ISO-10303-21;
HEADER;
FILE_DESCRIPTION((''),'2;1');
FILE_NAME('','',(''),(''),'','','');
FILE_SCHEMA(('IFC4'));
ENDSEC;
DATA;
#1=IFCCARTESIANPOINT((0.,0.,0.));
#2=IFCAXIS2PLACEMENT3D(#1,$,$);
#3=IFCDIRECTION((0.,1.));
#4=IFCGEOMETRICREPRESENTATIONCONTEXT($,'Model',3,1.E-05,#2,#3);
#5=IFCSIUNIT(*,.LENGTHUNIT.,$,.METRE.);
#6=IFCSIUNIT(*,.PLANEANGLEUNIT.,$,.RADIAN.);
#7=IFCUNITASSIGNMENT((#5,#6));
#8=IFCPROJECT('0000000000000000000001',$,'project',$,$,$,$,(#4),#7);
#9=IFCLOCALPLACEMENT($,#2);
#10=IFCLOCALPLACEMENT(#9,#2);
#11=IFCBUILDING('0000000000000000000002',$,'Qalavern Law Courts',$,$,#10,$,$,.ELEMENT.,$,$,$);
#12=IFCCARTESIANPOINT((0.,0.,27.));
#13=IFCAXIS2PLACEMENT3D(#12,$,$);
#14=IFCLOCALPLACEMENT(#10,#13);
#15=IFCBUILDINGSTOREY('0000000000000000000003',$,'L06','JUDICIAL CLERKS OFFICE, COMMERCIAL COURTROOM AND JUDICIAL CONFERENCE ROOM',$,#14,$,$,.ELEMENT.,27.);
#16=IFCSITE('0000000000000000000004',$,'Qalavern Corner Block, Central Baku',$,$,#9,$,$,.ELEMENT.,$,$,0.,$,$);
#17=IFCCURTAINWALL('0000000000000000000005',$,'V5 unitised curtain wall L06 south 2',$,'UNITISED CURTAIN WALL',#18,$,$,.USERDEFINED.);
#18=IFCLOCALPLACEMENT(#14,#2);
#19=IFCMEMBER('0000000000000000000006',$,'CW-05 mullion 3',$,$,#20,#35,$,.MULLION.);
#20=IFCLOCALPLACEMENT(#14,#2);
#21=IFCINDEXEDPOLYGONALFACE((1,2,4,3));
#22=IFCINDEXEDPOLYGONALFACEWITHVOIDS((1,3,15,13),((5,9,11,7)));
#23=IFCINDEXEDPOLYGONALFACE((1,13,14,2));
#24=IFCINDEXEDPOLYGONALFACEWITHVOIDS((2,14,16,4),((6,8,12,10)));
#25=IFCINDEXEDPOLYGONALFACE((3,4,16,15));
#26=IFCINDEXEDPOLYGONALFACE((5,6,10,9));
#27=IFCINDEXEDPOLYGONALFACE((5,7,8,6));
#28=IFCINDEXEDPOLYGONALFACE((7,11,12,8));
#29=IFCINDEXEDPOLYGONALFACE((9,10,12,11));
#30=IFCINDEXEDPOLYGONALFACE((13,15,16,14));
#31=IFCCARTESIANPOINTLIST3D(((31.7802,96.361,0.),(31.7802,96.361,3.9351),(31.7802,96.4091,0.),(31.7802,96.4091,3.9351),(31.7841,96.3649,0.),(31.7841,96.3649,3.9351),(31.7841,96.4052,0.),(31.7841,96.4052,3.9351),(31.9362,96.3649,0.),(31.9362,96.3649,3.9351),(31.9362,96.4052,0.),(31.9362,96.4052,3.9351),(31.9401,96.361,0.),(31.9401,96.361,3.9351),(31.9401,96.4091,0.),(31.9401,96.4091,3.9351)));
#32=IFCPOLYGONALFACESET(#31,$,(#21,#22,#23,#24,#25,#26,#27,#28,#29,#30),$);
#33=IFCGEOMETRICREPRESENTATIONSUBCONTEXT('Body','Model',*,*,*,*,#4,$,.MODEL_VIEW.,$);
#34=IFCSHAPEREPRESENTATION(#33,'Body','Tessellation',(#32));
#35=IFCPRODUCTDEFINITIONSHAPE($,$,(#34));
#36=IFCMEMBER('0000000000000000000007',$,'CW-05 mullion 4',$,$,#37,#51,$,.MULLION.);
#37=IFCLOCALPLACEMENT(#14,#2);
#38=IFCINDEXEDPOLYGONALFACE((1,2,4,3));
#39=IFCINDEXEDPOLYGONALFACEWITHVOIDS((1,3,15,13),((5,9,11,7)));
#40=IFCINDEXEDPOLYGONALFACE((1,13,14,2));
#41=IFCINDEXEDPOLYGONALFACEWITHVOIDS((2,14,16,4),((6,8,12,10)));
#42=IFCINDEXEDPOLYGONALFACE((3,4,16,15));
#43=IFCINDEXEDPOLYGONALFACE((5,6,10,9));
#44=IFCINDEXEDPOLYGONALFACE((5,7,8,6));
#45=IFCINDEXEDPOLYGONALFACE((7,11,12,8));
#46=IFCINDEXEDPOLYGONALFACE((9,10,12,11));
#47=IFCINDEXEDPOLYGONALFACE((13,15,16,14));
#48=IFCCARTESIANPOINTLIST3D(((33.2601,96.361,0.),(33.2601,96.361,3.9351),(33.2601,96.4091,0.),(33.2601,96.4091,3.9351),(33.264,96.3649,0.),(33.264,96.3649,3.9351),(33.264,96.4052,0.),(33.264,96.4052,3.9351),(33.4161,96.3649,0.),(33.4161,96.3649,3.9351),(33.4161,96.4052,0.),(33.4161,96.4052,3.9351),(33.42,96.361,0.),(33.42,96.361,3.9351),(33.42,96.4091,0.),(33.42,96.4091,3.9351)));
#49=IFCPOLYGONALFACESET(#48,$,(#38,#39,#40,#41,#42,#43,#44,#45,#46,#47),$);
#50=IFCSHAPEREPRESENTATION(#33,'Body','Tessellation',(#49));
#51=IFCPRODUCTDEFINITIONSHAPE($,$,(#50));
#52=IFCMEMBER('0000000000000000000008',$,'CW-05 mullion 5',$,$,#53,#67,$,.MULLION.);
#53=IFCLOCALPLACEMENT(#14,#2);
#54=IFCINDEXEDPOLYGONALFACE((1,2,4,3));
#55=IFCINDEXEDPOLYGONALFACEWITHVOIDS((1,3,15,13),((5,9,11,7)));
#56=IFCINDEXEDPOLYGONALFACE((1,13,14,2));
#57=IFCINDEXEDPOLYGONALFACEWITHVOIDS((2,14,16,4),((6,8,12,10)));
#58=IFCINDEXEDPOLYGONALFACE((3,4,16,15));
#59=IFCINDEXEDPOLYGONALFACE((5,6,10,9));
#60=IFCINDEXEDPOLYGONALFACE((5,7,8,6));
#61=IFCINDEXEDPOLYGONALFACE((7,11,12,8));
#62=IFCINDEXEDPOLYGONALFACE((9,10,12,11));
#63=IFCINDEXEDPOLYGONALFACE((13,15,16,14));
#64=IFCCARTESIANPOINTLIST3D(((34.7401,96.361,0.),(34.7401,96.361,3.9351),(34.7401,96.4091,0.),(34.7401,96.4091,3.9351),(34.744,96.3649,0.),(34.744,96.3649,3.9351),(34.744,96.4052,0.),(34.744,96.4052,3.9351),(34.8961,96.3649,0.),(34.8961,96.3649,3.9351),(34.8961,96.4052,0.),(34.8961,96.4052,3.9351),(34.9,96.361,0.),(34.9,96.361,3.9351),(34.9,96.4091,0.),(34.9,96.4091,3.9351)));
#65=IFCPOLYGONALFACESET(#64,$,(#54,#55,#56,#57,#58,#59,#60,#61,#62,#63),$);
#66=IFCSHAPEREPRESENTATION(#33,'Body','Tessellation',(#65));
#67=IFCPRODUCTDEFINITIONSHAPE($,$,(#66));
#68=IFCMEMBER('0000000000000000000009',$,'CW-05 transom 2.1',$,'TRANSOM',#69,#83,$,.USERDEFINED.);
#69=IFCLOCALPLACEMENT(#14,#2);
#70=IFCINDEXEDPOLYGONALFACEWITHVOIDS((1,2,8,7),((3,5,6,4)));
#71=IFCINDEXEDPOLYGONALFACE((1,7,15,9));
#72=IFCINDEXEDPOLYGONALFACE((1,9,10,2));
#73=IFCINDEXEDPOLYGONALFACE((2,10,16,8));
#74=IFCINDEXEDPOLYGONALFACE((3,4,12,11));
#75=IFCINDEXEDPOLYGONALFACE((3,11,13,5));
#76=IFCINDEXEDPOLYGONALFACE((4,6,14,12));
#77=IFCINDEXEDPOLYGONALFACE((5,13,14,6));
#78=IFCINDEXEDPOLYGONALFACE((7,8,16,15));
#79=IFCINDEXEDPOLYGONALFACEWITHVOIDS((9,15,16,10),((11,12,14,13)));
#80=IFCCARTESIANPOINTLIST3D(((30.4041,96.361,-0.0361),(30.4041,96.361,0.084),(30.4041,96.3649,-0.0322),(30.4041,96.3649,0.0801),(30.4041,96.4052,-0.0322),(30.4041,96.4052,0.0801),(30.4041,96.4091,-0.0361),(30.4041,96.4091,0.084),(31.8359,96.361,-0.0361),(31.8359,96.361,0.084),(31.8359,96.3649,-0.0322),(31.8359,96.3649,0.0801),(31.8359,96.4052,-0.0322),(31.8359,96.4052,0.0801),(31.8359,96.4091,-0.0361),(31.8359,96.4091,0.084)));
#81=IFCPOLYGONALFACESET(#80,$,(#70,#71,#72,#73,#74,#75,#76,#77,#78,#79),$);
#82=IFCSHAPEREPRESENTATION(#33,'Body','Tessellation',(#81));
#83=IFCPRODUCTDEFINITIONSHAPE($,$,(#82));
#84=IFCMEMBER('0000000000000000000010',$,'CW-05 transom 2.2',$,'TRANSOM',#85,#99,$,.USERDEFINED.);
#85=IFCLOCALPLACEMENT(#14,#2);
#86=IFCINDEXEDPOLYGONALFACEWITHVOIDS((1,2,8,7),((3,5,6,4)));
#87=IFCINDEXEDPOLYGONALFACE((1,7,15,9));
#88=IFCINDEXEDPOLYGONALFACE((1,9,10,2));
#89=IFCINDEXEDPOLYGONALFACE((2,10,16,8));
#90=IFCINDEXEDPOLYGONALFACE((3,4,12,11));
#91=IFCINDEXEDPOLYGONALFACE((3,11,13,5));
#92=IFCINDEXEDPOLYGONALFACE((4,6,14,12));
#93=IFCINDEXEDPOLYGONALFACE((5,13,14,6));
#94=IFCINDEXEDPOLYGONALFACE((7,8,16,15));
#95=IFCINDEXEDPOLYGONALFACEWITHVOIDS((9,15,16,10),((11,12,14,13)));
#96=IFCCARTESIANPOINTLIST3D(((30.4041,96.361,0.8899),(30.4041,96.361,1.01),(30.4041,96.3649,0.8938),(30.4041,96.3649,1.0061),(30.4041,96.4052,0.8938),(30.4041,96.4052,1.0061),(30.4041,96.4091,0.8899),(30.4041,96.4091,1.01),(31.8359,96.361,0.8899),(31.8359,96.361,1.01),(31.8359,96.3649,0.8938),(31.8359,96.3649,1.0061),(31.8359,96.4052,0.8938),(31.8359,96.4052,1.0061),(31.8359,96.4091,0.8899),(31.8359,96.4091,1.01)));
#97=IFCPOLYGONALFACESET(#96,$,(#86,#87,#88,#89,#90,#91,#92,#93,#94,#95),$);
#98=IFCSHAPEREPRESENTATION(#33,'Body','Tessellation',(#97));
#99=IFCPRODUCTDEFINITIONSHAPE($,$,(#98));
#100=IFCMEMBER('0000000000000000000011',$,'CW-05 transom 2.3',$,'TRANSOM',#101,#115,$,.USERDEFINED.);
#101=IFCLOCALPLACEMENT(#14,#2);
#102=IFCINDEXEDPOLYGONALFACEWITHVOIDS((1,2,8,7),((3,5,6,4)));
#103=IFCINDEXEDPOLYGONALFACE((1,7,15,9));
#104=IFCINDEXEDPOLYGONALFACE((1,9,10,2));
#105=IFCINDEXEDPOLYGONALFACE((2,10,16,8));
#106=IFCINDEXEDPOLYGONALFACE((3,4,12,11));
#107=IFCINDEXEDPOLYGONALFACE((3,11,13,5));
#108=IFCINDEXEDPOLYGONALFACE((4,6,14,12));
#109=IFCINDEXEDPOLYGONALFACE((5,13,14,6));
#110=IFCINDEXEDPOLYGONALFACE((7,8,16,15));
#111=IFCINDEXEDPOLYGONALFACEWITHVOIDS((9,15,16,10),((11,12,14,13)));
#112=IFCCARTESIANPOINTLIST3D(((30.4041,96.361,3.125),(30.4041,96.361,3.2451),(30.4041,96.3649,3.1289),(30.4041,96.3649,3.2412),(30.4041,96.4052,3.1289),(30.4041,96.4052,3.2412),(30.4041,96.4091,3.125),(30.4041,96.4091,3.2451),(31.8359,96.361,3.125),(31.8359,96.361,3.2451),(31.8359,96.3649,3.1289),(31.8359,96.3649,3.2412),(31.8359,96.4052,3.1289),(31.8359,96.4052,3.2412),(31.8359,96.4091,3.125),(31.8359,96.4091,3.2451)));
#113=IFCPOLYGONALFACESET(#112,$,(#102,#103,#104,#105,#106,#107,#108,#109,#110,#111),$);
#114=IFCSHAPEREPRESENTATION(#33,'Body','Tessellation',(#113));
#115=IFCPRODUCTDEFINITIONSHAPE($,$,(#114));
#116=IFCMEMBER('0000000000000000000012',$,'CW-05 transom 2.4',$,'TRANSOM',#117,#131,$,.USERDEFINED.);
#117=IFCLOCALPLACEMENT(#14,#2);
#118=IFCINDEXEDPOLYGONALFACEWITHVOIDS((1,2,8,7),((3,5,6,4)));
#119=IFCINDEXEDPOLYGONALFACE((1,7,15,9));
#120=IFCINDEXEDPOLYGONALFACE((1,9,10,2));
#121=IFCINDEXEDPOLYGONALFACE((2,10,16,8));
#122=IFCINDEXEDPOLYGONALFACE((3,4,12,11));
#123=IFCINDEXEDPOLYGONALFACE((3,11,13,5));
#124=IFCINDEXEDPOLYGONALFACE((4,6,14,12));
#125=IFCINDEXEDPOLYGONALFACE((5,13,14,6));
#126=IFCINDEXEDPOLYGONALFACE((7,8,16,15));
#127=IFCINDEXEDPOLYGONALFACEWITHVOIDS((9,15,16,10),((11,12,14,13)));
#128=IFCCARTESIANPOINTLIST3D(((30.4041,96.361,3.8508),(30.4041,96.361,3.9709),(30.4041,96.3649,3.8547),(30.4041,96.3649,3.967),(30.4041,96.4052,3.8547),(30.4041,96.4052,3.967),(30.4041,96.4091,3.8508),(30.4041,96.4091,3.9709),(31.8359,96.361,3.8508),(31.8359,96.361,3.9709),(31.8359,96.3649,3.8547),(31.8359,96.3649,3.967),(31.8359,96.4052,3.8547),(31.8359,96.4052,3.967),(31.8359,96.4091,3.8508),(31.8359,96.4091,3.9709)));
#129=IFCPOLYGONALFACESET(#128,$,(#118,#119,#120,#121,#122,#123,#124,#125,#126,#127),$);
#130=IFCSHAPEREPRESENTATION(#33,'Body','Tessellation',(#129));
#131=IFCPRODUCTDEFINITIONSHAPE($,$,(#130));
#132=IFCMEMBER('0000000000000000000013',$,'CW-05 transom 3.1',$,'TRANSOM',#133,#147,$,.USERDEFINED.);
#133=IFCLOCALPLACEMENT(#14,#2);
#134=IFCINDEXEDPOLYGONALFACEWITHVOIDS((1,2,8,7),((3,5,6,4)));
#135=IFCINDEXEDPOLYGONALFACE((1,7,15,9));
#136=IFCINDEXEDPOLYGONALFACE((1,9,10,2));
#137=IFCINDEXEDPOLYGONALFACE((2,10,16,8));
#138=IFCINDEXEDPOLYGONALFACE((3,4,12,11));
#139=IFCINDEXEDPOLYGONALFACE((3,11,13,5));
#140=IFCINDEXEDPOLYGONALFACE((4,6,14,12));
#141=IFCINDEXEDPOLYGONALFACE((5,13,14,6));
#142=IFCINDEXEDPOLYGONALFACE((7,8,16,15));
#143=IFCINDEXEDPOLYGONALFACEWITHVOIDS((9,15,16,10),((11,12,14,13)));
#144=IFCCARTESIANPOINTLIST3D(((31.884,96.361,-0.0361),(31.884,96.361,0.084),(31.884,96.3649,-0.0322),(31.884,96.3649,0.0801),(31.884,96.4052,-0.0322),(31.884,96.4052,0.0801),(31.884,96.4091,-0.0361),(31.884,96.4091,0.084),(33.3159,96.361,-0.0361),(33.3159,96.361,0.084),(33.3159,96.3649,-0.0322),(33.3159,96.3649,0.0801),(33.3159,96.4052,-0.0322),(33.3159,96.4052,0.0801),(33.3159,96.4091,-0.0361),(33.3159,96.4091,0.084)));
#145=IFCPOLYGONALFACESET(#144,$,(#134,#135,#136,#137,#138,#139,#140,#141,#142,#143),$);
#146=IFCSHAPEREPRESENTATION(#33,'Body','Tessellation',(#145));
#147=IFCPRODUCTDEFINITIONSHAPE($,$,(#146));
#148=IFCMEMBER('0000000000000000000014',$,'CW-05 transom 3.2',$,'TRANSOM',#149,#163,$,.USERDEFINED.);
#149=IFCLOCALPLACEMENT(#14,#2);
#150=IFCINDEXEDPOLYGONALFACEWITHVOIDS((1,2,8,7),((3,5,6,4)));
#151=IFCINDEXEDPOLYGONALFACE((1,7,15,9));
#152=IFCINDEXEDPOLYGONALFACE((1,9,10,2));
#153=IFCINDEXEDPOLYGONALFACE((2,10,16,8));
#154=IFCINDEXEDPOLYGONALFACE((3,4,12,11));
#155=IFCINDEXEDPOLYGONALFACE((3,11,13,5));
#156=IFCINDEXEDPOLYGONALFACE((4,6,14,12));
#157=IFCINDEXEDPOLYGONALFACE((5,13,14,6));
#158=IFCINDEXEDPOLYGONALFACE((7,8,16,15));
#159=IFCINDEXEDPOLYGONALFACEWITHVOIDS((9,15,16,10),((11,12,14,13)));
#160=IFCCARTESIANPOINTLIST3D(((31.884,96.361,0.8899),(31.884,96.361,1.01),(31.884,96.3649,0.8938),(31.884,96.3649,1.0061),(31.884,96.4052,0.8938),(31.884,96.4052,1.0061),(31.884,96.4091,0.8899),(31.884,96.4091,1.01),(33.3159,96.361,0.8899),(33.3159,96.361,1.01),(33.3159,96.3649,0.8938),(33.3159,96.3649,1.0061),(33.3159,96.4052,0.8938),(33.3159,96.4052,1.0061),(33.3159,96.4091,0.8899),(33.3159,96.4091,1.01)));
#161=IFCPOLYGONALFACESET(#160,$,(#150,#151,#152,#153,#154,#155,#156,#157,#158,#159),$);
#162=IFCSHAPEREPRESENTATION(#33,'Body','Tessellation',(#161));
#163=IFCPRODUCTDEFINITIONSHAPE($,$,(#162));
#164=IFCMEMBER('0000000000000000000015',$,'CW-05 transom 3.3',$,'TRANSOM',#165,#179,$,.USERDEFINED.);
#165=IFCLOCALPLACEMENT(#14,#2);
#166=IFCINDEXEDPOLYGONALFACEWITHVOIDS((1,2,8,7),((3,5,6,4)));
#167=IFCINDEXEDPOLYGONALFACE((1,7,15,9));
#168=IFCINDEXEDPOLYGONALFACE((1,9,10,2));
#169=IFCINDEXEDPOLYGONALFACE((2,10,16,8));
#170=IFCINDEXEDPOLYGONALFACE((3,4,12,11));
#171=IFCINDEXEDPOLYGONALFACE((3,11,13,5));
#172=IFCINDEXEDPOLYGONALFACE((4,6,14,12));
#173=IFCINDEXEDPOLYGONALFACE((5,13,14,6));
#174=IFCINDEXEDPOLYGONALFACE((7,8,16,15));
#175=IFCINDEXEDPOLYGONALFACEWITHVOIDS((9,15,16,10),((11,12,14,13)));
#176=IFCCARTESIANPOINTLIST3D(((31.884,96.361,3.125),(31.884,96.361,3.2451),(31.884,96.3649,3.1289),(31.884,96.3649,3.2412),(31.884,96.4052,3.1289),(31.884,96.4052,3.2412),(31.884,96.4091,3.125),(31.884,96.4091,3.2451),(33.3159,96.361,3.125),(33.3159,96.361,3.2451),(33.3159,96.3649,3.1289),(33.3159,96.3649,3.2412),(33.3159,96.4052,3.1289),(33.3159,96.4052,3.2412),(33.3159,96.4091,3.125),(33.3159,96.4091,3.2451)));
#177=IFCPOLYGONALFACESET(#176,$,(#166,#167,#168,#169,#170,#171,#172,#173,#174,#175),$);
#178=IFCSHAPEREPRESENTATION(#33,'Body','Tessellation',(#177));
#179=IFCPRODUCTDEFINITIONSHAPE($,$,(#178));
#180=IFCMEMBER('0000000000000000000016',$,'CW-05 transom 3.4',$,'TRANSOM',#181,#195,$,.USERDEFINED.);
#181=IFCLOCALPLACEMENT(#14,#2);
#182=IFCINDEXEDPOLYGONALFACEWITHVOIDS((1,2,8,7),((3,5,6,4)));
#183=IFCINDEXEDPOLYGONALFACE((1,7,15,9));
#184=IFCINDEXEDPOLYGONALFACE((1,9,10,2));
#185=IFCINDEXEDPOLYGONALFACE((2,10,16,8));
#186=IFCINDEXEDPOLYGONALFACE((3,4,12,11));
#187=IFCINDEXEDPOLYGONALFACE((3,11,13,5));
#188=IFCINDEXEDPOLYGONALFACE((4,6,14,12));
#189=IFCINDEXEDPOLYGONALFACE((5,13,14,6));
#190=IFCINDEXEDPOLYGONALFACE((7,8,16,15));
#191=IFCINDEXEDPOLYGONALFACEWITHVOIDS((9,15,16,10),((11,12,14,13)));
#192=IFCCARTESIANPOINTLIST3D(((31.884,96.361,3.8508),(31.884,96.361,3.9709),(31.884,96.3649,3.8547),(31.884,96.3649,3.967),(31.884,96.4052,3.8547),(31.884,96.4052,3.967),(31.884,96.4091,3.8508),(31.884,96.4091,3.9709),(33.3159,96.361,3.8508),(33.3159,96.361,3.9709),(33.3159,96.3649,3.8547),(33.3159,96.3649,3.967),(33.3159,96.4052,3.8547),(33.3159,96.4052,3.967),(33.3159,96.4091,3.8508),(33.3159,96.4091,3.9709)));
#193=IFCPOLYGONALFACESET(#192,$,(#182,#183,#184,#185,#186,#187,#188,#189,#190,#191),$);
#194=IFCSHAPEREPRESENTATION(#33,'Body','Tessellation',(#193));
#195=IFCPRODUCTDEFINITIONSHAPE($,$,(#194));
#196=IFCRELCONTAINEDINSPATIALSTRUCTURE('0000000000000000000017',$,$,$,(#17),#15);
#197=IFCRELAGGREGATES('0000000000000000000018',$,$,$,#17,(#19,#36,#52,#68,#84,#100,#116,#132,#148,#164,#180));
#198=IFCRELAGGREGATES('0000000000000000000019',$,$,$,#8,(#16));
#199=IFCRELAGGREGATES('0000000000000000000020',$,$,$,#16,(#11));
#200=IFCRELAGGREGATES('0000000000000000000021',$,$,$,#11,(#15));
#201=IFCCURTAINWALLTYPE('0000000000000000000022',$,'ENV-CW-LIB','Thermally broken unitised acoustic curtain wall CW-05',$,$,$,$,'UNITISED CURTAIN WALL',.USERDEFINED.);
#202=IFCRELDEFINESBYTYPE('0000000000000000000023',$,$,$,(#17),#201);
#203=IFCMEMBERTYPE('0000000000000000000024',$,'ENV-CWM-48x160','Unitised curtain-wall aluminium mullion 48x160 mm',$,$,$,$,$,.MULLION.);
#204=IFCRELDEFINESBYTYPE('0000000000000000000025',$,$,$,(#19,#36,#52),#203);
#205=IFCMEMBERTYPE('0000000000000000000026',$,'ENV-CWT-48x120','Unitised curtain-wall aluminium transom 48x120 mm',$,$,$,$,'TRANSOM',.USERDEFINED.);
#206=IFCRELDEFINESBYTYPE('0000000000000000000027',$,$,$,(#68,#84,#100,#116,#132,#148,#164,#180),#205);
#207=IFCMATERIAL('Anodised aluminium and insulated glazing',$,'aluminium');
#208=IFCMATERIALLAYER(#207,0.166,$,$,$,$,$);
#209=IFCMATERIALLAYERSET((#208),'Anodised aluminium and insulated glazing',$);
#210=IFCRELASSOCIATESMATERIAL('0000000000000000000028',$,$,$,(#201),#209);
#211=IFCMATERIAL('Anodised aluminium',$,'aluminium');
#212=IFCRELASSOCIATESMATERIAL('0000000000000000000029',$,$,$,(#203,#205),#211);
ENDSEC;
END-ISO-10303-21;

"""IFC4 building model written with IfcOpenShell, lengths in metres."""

from ifc_helpers import new_model, si_unit, direction, frame, origin, origin_2d, place, context, subcontext, project, spatial, hollow_rectangle, extrude, material, layer, layer_set, material_profile, profile_set, type_object, element, aggregate, save


model = new_model("IFC4")

# Units and contexts
model_context = context("Model", 3, precision=1e-05, world=origin(), true_north=direction((0.0, 1.0)))
body_context = subcontext(model_context, "Body", "Model", "MODEL_VIEW")
ifc_project = project(units=[si_unit("LENGTHUNIT", "METRE"), si_unit("PLANEANGLEUNIT", "RADIAN")], contexts=[model_context])

# Site, building, storey
site_placement = place(None, origin())
site = spatial("IfcSite", under=ifc_project, at=site_placement, Name="Qalavern Corner Block, Central Baku", CompositionType="ELEMENT", RefElevation=0.0)
building_placement = place(site_placement, origin())
building = spatial("IfcBuilding", under=site, at=building_placement, Name="Qalavern Law Courts", CompositionType="ELEMENT")
storey_placement = place(building_placement, frame((0.0, 0.0, 27.0)))
storey = spatial("IfcBuildingStorey", under=building, at=storey_placement, Name="L06", Description="JUDICIAL CLERKS OFFICE, COMMERCIAL COURTROOM AND JUDICIAL CONFERENCE ROOM", CompositionType="ELEMENT", Elevation=27.0)

# Curtain wall, members
ifc_material_1 = material(Name="Anodised aluminium and insulated glazing", Category="aluminium")
ifc_layer_1 = layer(ifc_material_1, 0.166)
ifc_layer_set_1 = layer_set([ifc_layer_1], Name="Anodised aluminium and insulated glazing")
curtain_wall_type = type_object("IfcCurtainWallType", Name="ENV-CW-LIB", Description="Thermally broken unitised acoustic curtain wall CW-05", ElementType="UNITISED CURTAIN WALL", PredefinedType="USERDEFINED", material=ifc_layer_set_1)
curtain_wall_placement = place(storey_placement, origin())
curtain_wall = element("IfcCurtainWall", 1, at=curtain_wall_placement, inside=storey, type_object=curtain_wall_type, Name="V5 unitised curtain wall L06 south 2", ObjectType="UNITISED CURTAIN WALL", PredefinedType="USERDEFINED")
ifc_material_2 = material(Name="Anodised aluminium", Category="aluminium")
ifc_material_profile_1 = material_profile(ifc_material_2, hollow_rectangle(XDim=0.0481, YDim=0.1599, WallThickness=0.0039, at=origin_2d()), Name="ALU MULLION 48x160")
ifc_profile_set_1 = profile_set([ifc_material_profile_1], Name="Anodised aluminium")
member_type_1 = type_object("IfcMemberType", Name="ENV-CWM-48x160", Description="Unitised curtain-wall aluminium mullion 48x160 mm", PredefinedType="MULLION", material=ifc_profile_set_1)
member_1_placement = place(storey_placement, frame((31.8601, 96.385, 0.0), z_axis=(0.0, 0.0, 1.0), x_axis=(0.0, 1.0, 0.0)))
member_1 = element("IfcMember", 2, at=member_1_placement, type_object=member_type_1, Name="CW-05 mullion 3", PredefinedType="MULLION", context=body_context, shape_type="SweptSolid", body=[
    extrude(hollow_rectangle(XDim=0.0481, YDim=0.1599, WallThickness=0.0039, at=origin_2d()), origin(), (0.0, 0.0, 1.0), 3.9351),
])
member_2_placement = place(storey_placement, frame((33.3401, 96.385, 0.0), z_axis=(0.0, 0.0, 1.0), x_axis=(0.0, 1.0, 0.0)))
member_2 = element("IfcMember", 3, at=member_2_placement, type_object=member_type_1, Name="CW-05 mullion 4", PredefinedType="MULLION", context=body_context, shape_type="SweptSolid", body=[
    extrude(hollow_rectangle(XDim=0.0481, YDim=0.1599, WallThickness=0.0039, at=origin_2d()), origin(), (0.0, 0.0, 1.0), 3.9351),
])
member_3_placement = place(storey_placement, frame((34.8201, 96.385, 0.0), z_axis=(0.0, 0.0, 1.0), x_axis=(0.0, 1.0, 0.0)))
member_3 = element("IfcMember", 4, at=member_3_placement, type_object=member_type_1, Name="CW-05 mullion 5", PredefinedType="MULLION", context=body_context, shape_type="SweptSolid", body=[
    extrude(hollow_rectangle(XDim=0.0481, YDim=0.1599, WallThickness=0.0039, at=origin_2d()), origin(), (0.0, 0.0, 1.0), 3.9351),
])
ifc_material_profile_2 = material_profile(ifc_material_2, hollow_rectangle(XDim=0.0481, YDim=0.1201, WallThickness=0.0039, at=origin_2d()), Name="ALU TRANSOM 48x120")
ifc_profile_set_2 = profile_set([ifc_material_profile_2], Name="Anodised aluminium")
member_type_2 = type_object("IfcMemberType", Name="ENV-CWT-48x120", Description="Unitised curtain-wall aluminium transom 48x120 mm", ElementType="TRANSOM", PredefinedType="USERDEFINED", material=ifc_profile_set_2)
member_4_placement = place(storey_placement, frame((30.4041, 96.385, 0.0239), z_axis=(1.0, 0.0, 0.0), x_axis=(0.0, 1.0, 0.0)))
member_4 = element("IfcMember", 5, at=member_4_placement, type_object=member_type_2, Name="CW-05 transom 2.1", ObjectType="TRANSOM", PredefinedType="USERDEFINED", context=body_context, shape_type="SweptSolid", body=[
    extrude(hollow_rectangle(XDim=0.0481, YDim=0.1201, WallThickness=0.0039, at=origin_2d()), origin(), (0.0, 0.0, 1.0), 1.4319),
])
member_5_placement = place(storey_placement, frame((30.4041, 96.385, 0.95), z_axis=(1.0, 0.0, 0.0), x_axis=(0.0, 1.0, 0.0)))
member_5 = element("IfcMember", 6, at=member_5_placement, type_object=member_type_2, Name="CW-05 transom 2.2", ObjectType="TRANSOM", PredefinedType="USERDEFINED", context=body_context, shape_type="SweptSolid", body=[
    extrude(hollow_rectangle(XDim=0.0481, YDim=0.1201, WallThickness=0.0039, at=origin_2d()), origin(), (0.0, 0.0, 1.0), 1.4319),
])
member_6_placement = place(storey_placement, frame((30.4041, 96.385, 3.1851), z_axis=(1.0, 0.0, 0.0), x_axis=(0.0, 1.0, 0.0)))
member_6 = element("IfcMember", 7, at=member_6_placement, type_object=member_type_2, Name="CW-05 transom 2.3", ObjectType="TRANSOM", PredefinedType="USERDEFINED", context=body_context, shape_type="SweptSolid", body=[
    extrude(hollow_rectangle(XDim=0.0481, YDim=0.1201, WallThickness=0.0039, at=origin_2d()), origin(), (0.0, 0.0, 1.0), 1.4319),
])
member_7_placement = place(storey_placement, frame((30.4041, 96.385, 3.9109), z_axis=(1.0, 0.0, 0.0), x_axis=(0.0, 1.0, 0.0)))
member_7 = element("IfcMember", 8, at=member_7_placement, type_object=member_type_2, Name="CW-05 transom 2.4", ObjectType="TRANSOM", PredefinedType="USERDEFINED", context=body_context, shape_type="SweptSolid", body=[
    extrude(hollow_rectangle(XDim=0.0481, YDim=0.1201, WallThickness=0.0039, at=origin_2d()), origin(), (0.0, 0.0, 1.0), 1.4319),
])
member_8_placement = place(storey_placement, frame((31.884, 96.385, 0.0239), z_axis=(1.0, 0.0, 0.0), x_axis=(0.0, 1.0, 0.0)))
member_8 = element("IfcMember", 9, at=member_8_placement, type_object=member_type_2, Name="CW-05 transom 3.1", ObjectType="TRANSOM", PredefinedType="USERDEFINED", context=body_context, shape_type="SweptSolid", body=[
    extrude(hollow_rectangle(XDim=0.0481, YDim=0.1201, WallThickness=0.0039, at=origin_2d()), origin(), (0.0, 0.0, 1.0), 1.4319),
])
member_9_placement = place(storey_placement, frame((31.884, 96.385, 0.95), z_axis=(1.0, 0.0, 0.0), x_axis=(0.0, 1.0, 0.0)))
member_9 = element("IfcMember", 10, at=member_9_placement, type_object=member_type_2, Name="CW-05 transom 3.2", ObjectType="TRANSOM", PredefinedType="USERDEFINED", context=body_context, shape_type="SweptSolid", body=[
    extrude(hollow_rectangle(XDim=0.0481, YDim=0.1201, WallThickness=0.0039, at=origin_2d()), origin(), (0.0, 0.0, 1.0), 1.4319),
])
member_10_placement = place(storey_placement, frame((31.884, 96.385, 3.1851), z_axis=(1.0, 0.0, 0.0), x_axis=(0.0, 1.0, 0.0)))
member_10 = element("IfcMember", 11, at=member_10_placement, type_object=member_type_2, Name="CW-05 transom 3.3", ObjectType="TRANSOM", PredefinedType="USERDEFINED", context=body_context, shape_type="SweptSolid", body=[
    extrude(hollow_rectangle(XDim=0.0481, YDim=0.1201, WallThickness=0.0039, at=origin_2d()), origin(), (0.0, 0.0, 1.0), 1.4319),
])
member_11_placement = place(storey_placement, frame((31.884, 96.385, 3.9109), z_axis=(1.0, 0.0, 0.0), x_axis=(0.0, 1.0, 0.0)))
member_11 = element("IfcMember", 12, at=member_11_placement, type_object=member_type_2, Name="CW-05 transom 3.4", ObjectType="TRANSOM", PredefinedType="USERDEFINED", context=body_context, shape_type="SweptSolid", body=[
    extrude(hollow_rectangle(XDim=0.0481, YDim=0.1201, WallThickness=0.0039, at=origin_2d()), origin(), (0.0, 0.0, 1.0), 1.4319),
])
aggregate(curtain_wall, [member_1, member_2, member_3, member_4, member_5, member_6, member_7, member_8, member_9, member_10, member_11])

save(model, "model.ifc")
